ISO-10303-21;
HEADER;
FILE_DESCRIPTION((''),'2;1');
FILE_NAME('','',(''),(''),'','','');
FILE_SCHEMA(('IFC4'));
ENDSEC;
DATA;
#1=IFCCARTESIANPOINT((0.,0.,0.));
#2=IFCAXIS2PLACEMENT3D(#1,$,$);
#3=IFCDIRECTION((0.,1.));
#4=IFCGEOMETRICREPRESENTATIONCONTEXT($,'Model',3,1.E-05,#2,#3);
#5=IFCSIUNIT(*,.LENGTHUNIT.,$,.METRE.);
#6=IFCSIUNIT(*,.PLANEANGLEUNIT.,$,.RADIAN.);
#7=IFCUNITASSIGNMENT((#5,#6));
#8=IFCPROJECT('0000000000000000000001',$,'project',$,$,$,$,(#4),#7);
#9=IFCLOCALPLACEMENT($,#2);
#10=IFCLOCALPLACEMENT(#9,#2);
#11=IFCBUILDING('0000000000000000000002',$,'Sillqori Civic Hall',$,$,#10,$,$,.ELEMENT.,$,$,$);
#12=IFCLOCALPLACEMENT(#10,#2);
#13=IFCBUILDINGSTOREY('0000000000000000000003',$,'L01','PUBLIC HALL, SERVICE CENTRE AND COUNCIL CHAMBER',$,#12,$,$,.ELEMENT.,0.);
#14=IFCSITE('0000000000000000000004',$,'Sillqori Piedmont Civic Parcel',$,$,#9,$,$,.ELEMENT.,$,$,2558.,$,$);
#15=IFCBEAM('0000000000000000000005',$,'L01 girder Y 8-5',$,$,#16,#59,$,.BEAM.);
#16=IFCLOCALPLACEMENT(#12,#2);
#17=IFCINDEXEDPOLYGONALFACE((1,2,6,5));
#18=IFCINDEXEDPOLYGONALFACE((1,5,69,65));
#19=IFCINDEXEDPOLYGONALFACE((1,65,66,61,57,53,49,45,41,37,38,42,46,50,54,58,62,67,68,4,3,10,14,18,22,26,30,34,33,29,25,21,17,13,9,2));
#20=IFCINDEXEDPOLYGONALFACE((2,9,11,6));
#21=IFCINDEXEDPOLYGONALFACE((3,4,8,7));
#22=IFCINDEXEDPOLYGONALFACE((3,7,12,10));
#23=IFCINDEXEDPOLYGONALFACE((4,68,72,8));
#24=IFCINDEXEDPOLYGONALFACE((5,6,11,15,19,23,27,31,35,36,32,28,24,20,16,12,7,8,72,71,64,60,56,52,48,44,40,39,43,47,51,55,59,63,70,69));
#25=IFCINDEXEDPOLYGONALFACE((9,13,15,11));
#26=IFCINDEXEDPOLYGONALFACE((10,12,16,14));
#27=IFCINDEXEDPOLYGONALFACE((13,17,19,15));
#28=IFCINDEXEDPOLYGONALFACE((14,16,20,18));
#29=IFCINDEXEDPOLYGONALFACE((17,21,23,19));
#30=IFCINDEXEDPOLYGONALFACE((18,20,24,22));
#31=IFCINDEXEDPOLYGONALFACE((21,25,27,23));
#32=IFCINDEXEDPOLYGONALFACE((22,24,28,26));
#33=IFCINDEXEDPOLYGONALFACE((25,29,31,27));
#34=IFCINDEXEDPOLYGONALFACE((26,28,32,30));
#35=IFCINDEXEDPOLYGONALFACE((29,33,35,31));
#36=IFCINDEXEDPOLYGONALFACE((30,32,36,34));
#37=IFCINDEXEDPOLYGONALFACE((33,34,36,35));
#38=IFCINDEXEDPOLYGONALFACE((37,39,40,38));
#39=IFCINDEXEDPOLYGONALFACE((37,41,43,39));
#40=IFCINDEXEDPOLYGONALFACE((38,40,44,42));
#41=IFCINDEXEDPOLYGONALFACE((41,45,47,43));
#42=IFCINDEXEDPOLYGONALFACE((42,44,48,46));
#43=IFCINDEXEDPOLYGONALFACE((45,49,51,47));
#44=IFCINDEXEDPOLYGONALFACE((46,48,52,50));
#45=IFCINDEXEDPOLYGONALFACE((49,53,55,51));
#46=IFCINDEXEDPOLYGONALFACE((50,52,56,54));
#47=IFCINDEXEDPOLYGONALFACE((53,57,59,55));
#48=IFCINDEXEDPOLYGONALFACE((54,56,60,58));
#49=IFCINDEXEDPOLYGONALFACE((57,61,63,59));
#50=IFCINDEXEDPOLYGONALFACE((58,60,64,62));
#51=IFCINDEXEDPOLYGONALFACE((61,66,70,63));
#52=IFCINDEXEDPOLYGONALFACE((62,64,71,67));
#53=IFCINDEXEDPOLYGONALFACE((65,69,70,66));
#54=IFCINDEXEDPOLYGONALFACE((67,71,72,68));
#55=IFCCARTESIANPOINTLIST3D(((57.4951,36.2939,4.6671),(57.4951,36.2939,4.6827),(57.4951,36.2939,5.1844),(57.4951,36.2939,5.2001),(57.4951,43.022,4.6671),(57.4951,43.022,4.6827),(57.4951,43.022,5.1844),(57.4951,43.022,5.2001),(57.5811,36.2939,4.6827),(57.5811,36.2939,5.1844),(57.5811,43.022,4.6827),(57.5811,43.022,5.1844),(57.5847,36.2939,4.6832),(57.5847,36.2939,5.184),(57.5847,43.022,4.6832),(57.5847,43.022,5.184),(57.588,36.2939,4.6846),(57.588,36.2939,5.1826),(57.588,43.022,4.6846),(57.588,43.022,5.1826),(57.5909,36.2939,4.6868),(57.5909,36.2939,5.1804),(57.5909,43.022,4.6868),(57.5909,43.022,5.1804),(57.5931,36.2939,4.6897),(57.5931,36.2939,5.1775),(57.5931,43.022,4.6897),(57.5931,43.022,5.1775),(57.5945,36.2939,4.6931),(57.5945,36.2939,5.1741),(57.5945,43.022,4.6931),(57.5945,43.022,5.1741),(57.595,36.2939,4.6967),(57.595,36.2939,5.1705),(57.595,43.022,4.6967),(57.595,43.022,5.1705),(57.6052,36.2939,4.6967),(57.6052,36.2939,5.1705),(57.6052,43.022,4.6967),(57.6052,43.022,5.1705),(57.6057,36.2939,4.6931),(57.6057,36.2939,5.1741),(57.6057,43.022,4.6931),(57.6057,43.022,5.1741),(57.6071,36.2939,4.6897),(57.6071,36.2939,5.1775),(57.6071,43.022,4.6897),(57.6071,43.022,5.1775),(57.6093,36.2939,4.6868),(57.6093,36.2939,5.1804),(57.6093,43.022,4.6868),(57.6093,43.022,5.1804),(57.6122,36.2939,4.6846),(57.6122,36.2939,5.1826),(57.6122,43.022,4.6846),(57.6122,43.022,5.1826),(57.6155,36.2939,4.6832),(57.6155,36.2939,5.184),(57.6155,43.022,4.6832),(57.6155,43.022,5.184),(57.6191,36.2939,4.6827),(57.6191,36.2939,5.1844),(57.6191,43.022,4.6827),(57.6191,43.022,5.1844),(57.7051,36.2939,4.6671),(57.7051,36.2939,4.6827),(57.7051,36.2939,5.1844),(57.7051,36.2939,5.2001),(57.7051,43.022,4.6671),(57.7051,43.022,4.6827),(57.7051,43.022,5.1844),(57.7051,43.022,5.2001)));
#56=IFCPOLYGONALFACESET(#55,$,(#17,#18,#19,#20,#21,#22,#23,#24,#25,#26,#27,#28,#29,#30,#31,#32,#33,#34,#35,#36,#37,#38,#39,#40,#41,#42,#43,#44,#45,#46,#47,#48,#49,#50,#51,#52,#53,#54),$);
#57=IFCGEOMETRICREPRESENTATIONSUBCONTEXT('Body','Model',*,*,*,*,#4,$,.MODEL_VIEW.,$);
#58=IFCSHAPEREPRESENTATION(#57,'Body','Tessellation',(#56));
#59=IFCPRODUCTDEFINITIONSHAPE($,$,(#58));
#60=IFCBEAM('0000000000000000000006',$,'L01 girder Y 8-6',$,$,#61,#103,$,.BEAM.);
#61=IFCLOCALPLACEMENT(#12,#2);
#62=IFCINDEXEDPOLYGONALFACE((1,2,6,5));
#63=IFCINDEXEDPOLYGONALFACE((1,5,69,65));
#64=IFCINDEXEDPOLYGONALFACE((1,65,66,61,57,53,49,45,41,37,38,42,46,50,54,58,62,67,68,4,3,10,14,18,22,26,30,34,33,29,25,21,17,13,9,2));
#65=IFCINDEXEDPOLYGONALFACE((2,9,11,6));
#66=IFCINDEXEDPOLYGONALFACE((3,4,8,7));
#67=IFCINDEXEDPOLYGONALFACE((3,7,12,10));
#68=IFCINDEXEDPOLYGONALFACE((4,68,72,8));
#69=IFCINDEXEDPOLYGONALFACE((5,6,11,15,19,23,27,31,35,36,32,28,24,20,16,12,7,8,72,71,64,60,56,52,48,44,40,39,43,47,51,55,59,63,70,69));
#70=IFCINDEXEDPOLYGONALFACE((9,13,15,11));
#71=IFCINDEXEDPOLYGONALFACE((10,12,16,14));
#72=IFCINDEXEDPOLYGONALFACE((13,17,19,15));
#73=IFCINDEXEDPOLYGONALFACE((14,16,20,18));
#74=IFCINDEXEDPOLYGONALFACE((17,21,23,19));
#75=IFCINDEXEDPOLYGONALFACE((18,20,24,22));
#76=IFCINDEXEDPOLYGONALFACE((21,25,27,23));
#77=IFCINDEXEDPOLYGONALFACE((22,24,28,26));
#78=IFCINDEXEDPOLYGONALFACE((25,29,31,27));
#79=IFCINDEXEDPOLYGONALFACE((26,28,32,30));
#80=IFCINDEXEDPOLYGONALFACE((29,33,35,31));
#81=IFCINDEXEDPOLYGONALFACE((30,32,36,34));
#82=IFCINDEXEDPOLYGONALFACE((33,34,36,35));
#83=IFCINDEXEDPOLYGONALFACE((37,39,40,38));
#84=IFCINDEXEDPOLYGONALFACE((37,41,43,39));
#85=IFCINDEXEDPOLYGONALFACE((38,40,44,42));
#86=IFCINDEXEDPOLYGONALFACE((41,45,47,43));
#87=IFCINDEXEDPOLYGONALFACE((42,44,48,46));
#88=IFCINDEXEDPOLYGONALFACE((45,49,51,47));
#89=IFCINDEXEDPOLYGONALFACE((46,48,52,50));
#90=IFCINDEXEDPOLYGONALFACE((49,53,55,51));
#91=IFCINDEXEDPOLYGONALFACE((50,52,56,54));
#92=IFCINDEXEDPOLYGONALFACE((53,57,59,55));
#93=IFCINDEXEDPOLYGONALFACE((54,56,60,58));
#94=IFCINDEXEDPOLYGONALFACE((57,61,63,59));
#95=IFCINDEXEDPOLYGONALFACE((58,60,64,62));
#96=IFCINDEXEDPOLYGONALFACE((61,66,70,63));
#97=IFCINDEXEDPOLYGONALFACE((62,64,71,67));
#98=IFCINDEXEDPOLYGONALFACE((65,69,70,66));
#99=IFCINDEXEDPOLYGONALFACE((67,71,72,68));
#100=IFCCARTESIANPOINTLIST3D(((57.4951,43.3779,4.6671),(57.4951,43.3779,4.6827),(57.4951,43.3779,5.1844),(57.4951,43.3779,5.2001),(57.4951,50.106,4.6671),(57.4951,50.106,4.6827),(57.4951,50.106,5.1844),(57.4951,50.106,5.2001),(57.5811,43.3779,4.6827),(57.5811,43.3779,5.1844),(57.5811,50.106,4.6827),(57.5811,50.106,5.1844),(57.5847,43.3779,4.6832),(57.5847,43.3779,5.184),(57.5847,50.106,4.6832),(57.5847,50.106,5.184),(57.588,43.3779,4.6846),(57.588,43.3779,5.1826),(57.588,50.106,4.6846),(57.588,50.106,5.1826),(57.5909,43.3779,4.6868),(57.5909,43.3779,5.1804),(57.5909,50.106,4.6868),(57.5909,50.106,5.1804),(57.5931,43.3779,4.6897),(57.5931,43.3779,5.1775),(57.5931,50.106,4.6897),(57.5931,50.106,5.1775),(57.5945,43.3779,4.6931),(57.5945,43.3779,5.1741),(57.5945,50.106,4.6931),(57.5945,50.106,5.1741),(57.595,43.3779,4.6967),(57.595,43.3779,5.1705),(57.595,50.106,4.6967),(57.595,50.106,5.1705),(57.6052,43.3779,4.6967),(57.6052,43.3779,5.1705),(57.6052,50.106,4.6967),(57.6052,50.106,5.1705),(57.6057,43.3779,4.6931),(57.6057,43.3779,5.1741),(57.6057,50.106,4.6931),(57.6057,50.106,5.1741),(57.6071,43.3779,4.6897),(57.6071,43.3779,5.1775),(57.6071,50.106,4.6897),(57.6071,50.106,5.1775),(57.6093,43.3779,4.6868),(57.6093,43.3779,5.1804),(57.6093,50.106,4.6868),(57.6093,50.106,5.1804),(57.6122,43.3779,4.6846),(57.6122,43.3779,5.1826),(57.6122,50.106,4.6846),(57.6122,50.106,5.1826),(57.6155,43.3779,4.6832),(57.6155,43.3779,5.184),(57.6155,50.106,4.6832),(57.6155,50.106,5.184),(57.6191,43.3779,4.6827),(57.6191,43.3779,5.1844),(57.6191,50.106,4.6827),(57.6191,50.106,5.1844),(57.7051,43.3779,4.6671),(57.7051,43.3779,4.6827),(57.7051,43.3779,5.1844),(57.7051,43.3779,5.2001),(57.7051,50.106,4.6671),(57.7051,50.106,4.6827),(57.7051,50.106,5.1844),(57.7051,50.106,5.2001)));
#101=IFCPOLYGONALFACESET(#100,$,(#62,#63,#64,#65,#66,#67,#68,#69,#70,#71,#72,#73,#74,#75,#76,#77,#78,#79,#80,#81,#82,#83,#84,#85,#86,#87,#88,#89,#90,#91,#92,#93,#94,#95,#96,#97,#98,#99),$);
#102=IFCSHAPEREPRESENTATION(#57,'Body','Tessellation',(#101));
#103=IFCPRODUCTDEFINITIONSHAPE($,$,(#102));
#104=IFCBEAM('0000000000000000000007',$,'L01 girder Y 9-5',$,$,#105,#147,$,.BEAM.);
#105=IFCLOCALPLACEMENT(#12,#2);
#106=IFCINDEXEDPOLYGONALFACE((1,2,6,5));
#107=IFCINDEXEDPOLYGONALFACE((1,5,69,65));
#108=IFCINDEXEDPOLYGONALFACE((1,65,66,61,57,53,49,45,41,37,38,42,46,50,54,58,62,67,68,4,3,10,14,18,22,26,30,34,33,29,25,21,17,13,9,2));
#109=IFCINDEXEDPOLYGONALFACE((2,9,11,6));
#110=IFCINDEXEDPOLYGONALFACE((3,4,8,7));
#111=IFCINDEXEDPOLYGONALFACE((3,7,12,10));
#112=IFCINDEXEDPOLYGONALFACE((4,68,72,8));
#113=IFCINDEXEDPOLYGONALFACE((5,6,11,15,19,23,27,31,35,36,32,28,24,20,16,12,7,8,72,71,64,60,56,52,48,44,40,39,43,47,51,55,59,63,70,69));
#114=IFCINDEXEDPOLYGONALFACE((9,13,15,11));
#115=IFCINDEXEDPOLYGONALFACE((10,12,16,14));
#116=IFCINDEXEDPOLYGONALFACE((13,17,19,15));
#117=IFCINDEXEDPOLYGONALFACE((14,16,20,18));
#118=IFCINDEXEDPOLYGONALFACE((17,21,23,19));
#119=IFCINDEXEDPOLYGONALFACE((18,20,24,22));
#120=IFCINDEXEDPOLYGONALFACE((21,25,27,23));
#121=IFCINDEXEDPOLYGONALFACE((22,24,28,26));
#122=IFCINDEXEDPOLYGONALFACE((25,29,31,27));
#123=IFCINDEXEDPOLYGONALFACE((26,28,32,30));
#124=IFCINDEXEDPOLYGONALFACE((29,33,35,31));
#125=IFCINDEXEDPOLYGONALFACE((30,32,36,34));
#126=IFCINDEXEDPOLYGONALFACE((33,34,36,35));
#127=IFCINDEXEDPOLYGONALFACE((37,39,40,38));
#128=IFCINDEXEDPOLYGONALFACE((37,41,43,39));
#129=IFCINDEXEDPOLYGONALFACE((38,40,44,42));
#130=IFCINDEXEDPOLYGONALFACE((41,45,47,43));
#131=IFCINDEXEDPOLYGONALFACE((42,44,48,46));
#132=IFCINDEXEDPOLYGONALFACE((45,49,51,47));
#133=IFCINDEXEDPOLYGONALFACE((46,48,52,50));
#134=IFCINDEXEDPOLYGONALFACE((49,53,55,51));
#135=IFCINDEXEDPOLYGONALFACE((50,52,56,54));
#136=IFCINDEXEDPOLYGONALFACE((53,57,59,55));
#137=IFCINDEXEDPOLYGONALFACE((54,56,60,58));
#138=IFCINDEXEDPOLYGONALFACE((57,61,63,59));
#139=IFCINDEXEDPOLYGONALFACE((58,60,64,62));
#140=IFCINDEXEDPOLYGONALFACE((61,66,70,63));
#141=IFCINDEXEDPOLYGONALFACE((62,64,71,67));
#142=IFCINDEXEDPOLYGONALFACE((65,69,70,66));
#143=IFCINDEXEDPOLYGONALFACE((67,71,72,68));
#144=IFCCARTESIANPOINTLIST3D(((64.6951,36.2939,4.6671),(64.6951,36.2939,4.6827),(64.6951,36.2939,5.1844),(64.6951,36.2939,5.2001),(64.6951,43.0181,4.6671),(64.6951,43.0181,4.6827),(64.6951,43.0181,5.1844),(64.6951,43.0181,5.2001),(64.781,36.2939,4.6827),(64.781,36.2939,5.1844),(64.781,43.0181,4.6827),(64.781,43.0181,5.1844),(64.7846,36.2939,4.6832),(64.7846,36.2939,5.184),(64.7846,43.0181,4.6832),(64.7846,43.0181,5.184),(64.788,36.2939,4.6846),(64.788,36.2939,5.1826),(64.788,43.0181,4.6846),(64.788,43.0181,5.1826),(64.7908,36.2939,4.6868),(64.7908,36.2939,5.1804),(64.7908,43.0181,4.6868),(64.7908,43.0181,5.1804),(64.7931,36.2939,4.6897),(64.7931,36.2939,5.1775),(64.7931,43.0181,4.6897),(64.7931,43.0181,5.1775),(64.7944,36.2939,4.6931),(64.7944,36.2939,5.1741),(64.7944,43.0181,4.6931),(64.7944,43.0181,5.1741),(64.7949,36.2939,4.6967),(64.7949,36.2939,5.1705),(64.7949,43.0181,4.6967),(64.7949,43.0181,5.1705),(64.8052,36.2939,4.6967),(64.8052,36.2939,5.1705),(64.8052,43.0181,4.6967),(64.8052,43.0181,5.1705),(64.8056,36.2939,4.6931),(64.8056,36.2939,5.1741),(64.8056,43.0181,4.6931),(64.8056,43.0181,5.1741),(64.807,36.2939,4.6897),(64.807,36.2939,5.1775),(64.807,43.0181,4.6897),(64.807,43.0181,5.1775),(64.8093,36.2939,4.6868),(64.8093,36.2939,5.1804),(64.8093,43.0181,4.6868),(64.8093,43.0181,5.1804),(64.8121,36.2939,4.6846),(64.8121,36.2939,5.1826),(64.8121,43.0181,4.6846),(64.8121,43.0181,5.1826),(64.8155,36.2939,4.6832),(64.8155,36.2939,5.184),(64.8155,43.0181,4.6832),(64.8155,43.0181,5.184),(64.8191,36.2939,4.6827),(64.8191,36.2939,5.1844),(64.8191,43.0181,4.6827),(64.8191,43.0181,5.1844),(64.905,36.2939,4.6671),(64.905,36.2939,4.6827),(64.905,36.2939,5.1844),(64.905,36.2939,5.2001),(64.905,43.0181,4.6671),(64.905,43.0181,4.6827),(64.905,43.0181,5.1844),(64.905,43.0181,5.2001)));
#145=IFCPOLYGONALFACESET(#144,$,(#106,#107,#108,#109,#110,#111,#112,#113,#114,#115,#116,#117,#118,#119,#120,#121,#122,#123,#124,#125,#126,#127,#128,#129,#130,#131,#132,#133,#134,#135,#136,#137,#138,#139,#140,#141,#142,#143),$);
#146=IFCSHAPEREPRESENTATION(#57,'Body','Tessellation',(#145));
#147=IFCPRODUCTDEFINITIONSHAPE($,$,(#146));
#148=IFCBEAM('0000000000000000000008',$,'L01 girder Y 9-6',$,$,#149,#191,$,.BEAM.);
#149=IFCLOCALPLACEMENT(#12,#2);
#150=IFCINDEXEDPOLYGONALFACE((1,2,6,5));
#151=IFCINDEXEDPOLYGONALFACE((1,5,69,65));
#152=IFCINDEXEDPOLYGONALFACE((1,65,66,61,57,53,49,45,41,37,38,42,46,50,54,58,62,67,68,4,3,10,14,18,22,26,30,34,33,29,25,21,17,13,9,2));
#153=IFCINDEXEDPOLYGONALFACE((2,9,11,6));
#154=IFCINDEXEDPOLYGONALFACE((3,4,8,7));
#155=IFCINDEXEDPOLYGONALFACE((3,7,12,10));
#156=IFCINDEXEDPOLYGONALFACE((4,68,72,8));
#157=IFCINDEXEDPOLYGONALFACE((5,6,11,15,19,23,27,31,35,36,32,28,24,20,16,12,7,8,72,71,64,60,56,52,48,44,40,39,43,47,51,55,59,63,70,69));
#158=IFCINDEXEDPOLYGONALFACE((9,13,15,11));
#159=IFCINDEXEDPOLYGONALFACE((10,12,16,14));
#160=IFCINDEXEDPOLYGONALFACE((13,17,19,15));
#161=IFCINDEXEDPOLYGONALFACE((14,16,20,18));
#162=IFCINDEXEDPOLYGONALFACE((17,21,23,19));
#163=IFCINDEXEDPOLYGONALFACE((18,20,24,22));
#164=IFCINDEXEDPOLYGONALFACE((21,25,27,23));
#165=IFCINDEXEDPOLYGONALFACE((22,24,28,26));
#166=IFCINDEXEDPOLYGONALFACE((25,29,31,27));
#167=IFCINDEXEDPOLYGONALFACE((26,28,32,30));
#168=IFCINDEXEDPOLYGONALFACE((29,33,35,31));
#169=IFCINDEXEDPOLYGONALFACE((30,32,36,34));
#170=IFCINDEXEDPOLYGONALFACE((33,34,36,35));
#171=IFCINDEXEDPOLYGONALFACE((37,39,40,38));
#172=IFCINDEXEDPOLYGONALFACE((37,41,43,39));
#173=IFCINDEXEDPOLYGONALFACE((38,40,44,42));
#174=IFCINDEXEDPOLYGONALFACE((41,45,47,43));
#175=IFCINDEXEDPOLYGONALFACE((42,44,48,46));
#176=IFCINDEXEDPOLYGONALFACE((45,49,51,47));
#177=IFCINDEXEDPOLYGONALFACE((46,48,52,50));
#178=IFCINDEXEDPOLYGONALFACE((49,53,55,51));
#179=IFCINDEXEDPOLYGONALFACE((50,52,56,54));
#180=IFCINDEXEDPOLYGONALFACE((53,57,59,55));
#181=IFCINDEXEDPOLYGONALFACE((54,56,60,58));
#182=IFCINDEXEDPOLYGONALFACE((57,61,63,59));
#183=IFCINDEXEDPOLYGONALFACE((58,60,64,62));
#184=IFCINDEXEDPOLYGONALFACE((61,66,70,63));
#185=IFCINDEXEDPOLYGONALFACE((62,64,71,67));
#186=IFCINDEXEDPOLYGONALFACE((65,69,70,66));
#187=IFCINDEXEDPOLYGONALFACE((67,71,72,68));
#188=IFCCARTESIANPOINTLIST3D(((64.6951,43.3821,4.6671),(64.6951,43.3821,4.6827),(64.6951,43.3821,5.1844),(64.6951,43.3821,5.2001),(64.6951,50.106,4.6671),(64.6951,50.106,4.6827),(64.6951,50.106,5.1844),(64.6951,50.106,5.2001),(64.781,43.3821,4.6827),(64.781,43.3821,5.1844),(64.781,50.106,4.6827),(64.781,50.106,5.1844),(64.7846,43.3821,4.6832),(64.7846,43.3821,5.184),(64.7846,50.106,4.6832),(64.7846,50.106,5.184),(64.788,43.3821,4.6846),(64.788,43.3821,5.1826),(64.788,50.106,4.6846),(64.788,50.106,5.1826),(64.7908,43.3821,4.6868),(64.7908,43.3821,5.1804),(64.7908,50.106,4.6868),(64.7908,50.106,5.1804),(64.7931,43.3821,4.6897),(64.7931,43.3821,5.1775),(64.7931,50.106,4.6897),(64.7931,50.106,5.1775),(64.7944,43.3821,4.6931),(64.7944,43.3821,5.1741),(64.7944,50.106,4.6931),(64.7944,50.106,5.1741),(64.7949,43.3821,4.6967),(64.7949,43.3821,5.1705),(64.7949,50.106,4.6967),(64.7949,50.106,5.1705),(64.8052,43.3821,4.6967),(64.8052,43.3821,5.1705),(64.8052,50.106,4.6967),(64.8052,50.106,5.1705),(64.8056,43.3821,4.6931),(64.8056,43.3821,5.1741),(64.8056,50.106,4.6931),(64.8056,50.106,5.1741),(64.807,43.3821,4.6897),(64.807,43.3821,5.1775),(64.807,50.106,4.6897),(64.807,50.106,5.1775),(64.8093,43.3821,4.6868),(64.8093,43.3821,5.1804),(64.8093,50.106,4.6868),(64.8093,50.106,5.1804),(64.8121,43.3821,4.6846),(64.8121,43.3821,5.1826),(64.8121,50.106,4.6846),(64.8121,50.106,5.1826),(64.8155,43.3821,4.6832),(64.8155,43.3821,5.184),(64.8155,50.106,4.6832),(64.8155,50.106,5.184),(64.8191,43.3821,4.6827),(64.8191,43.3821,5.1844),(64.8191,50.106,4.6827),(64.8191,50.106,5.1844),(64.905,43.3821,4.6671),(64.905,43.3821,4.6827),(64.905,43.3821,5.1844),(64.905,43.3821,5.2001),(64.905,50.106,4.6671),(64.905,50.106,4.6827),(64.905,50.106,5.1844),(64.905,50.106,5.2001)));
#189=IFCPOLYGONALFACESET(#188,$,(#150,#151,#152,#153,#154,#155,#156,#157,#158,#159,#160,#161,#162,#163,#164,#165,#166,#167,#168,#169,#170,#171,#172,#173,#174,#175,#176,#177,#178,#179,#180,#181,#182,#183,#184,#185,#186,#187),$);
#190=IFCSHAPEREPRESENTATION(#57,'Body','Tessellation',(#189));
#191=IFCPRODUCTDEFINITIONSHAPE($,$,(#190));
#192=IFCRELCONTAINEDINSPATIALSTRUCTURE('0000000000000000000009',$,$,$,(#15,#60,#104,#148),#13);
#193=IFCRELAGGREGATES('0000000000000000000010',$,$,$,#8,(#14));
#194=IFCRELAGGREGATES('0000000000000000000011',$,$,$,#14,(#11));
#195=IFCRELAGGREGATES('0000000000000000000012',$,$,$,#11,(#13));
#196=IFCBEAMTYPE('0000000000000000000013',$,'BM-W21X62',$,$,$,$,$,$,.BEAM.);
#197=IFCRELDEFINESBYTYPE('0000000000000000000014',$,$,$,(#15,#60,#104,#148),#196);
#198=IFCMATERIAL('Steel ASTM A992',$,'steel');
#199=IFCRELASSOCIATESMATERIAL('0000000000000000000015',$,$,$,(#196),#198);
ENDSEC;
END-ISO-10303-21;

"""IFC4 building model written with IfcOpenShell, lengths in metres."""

from ifc_helpers import new_model, si_unit, direction, frame, origin, origin_2d, place, context, subcontext, project, spatial, i_section, extrude, material, material_profile, profile_set, type_object, element, save


model = new_model("IFC4")

# Units and contexts
model_context = context("Model", 3, precision=1e-05, world=origin(), true_north=direction((0.0, 1.0)))
body_context = subcontext(model_context, "Body", "Model", "MODEL_VIEW")
ifc_project = project(units=[si_unit("LENGTHUNIT", "METRE"), si_unit("PLANEANGLEUNIT", "RADIAN")], contexts=[model_context])

# Site, building, storey
site_placement = place(None, origin())
site = spatial("IfcSite", under=ifc_project, at=site_placement, Name="Sillqori Piedmont Civic Parcel", CompositionType="ELEMENT", RefElevation=2558.0)
building_placement = place(site_placement, origin())
building = spatial("IfcBuilding", under=site, at=building_placement, Name="Sillqori Civic Hall", CompositionType="ELEMENT")
storey_placement = place(building_placement, origin())
storey = spatial("IfcBuildingStorey", under=building, at=storey_placement, Name="L01", Description="PUBLIC HALL, SERVICE CENTRE AND COUNCIL CHAMBER", CompositionType="ELEMENT", Elevation=0.0)

# Shared definitions
ifc_material_1 = material(Name="Steel ASTM A992", Category="steel")

# Beams
ifc_material_profile_1 = material_profile(ifc_material_1, i_section(OverallWidth=0.21, OverallDepth=0.533, WebThickness=0.0103, FlangeThickness=0.0156, FilletRadius=0.0139, at=origin_2d()), Name="W21X62")
ifc_profile_set_1 = profile_set([ifc_material_profile_1], Name="Steel ASTM A992")
beam_type_1 = type_object("IfcBeamType", Name="BM-W21X62", PredefinedType="BEAM", material=ifc_profile_set_1)
for number, where, z_axis, x_axis, name in (
    (1, (57.6001, 36.2939, 4.9336), (0.0, 1.0, 0.0), (-1.0, 0.0, 0.0), "L01 girder Y 8-5"),
    (2, (57.6001, 43.3779, 4.9336), (0.0, 1.0, 0.0), (-1.0, 0.0, 0.0), "L01 girder Y 8-6"),
):
    element("IfcBeam", number, at=place(storey_placement, frame(where, z_axis=z_axis, x_axis=x_axis)), inside=storey, type_object=beam_type_1, Name=name, PredefinedType="BEAM", context=body_context, shape_type="SweptSolid", body=[
        extrude(i_section(OverallWidth=0.21, OverallDepth=0.533, WebThickness=0.0103, FlangeThickness=0.0156, FilletRadius=0.0139, at=origin_2d()), origin(), (0.0, 0.0, 1.0), 6.728),
    ])
beam_1_placement = place(storey_placement, frame((64.8, 36.2939, 4.9336), z_axis=(0.0, 1.0, 0.0), x_axis=(-1.0, 0.0, 0.0)))
element("IfcBeam", 3, at=beam_1_placement, inside=storey, type_object=beam_type_1, Name="L01 girder Y 9-5", PredefinedType="BEAM", context=body_context, shape_type="SweptSolid", body=[
    extrude(i_section(OverallWidth=0.21, OverallDepth=0.533, WebThickness=0.0103, FlangeThickness=0.0156, FilletRadius=0.0139, at=origin_2d()), origin(), (0.0, 0.0, 1.0), 6.7241),
])
beam_2_placement = place(storey_placement, frame((64.8, 43.3821, 4.9336), z_axis=(0.0, 1.0, 0.0), x_axis=(-1.0, 0.0, 0.0)))
element("IfcBeam", 4, at=beam_2_placement, inside=storey, type_object=beam_type_1, Name="L01 girder Y 9-6", PredefinedType="BEAM", context=body_context, shape_type="SweptSolid", body=[
    extrude(i_section(OverallWidth=0.21, OverallDepth=0.533, WebThickness=0.0103, FlangeThickness=0.0156, FilletRadius=0.0139, at=origin_2d()), origin(), (0.0, 0.0, 1.0), 6.7239),
])

save(model, "model.ifc")
